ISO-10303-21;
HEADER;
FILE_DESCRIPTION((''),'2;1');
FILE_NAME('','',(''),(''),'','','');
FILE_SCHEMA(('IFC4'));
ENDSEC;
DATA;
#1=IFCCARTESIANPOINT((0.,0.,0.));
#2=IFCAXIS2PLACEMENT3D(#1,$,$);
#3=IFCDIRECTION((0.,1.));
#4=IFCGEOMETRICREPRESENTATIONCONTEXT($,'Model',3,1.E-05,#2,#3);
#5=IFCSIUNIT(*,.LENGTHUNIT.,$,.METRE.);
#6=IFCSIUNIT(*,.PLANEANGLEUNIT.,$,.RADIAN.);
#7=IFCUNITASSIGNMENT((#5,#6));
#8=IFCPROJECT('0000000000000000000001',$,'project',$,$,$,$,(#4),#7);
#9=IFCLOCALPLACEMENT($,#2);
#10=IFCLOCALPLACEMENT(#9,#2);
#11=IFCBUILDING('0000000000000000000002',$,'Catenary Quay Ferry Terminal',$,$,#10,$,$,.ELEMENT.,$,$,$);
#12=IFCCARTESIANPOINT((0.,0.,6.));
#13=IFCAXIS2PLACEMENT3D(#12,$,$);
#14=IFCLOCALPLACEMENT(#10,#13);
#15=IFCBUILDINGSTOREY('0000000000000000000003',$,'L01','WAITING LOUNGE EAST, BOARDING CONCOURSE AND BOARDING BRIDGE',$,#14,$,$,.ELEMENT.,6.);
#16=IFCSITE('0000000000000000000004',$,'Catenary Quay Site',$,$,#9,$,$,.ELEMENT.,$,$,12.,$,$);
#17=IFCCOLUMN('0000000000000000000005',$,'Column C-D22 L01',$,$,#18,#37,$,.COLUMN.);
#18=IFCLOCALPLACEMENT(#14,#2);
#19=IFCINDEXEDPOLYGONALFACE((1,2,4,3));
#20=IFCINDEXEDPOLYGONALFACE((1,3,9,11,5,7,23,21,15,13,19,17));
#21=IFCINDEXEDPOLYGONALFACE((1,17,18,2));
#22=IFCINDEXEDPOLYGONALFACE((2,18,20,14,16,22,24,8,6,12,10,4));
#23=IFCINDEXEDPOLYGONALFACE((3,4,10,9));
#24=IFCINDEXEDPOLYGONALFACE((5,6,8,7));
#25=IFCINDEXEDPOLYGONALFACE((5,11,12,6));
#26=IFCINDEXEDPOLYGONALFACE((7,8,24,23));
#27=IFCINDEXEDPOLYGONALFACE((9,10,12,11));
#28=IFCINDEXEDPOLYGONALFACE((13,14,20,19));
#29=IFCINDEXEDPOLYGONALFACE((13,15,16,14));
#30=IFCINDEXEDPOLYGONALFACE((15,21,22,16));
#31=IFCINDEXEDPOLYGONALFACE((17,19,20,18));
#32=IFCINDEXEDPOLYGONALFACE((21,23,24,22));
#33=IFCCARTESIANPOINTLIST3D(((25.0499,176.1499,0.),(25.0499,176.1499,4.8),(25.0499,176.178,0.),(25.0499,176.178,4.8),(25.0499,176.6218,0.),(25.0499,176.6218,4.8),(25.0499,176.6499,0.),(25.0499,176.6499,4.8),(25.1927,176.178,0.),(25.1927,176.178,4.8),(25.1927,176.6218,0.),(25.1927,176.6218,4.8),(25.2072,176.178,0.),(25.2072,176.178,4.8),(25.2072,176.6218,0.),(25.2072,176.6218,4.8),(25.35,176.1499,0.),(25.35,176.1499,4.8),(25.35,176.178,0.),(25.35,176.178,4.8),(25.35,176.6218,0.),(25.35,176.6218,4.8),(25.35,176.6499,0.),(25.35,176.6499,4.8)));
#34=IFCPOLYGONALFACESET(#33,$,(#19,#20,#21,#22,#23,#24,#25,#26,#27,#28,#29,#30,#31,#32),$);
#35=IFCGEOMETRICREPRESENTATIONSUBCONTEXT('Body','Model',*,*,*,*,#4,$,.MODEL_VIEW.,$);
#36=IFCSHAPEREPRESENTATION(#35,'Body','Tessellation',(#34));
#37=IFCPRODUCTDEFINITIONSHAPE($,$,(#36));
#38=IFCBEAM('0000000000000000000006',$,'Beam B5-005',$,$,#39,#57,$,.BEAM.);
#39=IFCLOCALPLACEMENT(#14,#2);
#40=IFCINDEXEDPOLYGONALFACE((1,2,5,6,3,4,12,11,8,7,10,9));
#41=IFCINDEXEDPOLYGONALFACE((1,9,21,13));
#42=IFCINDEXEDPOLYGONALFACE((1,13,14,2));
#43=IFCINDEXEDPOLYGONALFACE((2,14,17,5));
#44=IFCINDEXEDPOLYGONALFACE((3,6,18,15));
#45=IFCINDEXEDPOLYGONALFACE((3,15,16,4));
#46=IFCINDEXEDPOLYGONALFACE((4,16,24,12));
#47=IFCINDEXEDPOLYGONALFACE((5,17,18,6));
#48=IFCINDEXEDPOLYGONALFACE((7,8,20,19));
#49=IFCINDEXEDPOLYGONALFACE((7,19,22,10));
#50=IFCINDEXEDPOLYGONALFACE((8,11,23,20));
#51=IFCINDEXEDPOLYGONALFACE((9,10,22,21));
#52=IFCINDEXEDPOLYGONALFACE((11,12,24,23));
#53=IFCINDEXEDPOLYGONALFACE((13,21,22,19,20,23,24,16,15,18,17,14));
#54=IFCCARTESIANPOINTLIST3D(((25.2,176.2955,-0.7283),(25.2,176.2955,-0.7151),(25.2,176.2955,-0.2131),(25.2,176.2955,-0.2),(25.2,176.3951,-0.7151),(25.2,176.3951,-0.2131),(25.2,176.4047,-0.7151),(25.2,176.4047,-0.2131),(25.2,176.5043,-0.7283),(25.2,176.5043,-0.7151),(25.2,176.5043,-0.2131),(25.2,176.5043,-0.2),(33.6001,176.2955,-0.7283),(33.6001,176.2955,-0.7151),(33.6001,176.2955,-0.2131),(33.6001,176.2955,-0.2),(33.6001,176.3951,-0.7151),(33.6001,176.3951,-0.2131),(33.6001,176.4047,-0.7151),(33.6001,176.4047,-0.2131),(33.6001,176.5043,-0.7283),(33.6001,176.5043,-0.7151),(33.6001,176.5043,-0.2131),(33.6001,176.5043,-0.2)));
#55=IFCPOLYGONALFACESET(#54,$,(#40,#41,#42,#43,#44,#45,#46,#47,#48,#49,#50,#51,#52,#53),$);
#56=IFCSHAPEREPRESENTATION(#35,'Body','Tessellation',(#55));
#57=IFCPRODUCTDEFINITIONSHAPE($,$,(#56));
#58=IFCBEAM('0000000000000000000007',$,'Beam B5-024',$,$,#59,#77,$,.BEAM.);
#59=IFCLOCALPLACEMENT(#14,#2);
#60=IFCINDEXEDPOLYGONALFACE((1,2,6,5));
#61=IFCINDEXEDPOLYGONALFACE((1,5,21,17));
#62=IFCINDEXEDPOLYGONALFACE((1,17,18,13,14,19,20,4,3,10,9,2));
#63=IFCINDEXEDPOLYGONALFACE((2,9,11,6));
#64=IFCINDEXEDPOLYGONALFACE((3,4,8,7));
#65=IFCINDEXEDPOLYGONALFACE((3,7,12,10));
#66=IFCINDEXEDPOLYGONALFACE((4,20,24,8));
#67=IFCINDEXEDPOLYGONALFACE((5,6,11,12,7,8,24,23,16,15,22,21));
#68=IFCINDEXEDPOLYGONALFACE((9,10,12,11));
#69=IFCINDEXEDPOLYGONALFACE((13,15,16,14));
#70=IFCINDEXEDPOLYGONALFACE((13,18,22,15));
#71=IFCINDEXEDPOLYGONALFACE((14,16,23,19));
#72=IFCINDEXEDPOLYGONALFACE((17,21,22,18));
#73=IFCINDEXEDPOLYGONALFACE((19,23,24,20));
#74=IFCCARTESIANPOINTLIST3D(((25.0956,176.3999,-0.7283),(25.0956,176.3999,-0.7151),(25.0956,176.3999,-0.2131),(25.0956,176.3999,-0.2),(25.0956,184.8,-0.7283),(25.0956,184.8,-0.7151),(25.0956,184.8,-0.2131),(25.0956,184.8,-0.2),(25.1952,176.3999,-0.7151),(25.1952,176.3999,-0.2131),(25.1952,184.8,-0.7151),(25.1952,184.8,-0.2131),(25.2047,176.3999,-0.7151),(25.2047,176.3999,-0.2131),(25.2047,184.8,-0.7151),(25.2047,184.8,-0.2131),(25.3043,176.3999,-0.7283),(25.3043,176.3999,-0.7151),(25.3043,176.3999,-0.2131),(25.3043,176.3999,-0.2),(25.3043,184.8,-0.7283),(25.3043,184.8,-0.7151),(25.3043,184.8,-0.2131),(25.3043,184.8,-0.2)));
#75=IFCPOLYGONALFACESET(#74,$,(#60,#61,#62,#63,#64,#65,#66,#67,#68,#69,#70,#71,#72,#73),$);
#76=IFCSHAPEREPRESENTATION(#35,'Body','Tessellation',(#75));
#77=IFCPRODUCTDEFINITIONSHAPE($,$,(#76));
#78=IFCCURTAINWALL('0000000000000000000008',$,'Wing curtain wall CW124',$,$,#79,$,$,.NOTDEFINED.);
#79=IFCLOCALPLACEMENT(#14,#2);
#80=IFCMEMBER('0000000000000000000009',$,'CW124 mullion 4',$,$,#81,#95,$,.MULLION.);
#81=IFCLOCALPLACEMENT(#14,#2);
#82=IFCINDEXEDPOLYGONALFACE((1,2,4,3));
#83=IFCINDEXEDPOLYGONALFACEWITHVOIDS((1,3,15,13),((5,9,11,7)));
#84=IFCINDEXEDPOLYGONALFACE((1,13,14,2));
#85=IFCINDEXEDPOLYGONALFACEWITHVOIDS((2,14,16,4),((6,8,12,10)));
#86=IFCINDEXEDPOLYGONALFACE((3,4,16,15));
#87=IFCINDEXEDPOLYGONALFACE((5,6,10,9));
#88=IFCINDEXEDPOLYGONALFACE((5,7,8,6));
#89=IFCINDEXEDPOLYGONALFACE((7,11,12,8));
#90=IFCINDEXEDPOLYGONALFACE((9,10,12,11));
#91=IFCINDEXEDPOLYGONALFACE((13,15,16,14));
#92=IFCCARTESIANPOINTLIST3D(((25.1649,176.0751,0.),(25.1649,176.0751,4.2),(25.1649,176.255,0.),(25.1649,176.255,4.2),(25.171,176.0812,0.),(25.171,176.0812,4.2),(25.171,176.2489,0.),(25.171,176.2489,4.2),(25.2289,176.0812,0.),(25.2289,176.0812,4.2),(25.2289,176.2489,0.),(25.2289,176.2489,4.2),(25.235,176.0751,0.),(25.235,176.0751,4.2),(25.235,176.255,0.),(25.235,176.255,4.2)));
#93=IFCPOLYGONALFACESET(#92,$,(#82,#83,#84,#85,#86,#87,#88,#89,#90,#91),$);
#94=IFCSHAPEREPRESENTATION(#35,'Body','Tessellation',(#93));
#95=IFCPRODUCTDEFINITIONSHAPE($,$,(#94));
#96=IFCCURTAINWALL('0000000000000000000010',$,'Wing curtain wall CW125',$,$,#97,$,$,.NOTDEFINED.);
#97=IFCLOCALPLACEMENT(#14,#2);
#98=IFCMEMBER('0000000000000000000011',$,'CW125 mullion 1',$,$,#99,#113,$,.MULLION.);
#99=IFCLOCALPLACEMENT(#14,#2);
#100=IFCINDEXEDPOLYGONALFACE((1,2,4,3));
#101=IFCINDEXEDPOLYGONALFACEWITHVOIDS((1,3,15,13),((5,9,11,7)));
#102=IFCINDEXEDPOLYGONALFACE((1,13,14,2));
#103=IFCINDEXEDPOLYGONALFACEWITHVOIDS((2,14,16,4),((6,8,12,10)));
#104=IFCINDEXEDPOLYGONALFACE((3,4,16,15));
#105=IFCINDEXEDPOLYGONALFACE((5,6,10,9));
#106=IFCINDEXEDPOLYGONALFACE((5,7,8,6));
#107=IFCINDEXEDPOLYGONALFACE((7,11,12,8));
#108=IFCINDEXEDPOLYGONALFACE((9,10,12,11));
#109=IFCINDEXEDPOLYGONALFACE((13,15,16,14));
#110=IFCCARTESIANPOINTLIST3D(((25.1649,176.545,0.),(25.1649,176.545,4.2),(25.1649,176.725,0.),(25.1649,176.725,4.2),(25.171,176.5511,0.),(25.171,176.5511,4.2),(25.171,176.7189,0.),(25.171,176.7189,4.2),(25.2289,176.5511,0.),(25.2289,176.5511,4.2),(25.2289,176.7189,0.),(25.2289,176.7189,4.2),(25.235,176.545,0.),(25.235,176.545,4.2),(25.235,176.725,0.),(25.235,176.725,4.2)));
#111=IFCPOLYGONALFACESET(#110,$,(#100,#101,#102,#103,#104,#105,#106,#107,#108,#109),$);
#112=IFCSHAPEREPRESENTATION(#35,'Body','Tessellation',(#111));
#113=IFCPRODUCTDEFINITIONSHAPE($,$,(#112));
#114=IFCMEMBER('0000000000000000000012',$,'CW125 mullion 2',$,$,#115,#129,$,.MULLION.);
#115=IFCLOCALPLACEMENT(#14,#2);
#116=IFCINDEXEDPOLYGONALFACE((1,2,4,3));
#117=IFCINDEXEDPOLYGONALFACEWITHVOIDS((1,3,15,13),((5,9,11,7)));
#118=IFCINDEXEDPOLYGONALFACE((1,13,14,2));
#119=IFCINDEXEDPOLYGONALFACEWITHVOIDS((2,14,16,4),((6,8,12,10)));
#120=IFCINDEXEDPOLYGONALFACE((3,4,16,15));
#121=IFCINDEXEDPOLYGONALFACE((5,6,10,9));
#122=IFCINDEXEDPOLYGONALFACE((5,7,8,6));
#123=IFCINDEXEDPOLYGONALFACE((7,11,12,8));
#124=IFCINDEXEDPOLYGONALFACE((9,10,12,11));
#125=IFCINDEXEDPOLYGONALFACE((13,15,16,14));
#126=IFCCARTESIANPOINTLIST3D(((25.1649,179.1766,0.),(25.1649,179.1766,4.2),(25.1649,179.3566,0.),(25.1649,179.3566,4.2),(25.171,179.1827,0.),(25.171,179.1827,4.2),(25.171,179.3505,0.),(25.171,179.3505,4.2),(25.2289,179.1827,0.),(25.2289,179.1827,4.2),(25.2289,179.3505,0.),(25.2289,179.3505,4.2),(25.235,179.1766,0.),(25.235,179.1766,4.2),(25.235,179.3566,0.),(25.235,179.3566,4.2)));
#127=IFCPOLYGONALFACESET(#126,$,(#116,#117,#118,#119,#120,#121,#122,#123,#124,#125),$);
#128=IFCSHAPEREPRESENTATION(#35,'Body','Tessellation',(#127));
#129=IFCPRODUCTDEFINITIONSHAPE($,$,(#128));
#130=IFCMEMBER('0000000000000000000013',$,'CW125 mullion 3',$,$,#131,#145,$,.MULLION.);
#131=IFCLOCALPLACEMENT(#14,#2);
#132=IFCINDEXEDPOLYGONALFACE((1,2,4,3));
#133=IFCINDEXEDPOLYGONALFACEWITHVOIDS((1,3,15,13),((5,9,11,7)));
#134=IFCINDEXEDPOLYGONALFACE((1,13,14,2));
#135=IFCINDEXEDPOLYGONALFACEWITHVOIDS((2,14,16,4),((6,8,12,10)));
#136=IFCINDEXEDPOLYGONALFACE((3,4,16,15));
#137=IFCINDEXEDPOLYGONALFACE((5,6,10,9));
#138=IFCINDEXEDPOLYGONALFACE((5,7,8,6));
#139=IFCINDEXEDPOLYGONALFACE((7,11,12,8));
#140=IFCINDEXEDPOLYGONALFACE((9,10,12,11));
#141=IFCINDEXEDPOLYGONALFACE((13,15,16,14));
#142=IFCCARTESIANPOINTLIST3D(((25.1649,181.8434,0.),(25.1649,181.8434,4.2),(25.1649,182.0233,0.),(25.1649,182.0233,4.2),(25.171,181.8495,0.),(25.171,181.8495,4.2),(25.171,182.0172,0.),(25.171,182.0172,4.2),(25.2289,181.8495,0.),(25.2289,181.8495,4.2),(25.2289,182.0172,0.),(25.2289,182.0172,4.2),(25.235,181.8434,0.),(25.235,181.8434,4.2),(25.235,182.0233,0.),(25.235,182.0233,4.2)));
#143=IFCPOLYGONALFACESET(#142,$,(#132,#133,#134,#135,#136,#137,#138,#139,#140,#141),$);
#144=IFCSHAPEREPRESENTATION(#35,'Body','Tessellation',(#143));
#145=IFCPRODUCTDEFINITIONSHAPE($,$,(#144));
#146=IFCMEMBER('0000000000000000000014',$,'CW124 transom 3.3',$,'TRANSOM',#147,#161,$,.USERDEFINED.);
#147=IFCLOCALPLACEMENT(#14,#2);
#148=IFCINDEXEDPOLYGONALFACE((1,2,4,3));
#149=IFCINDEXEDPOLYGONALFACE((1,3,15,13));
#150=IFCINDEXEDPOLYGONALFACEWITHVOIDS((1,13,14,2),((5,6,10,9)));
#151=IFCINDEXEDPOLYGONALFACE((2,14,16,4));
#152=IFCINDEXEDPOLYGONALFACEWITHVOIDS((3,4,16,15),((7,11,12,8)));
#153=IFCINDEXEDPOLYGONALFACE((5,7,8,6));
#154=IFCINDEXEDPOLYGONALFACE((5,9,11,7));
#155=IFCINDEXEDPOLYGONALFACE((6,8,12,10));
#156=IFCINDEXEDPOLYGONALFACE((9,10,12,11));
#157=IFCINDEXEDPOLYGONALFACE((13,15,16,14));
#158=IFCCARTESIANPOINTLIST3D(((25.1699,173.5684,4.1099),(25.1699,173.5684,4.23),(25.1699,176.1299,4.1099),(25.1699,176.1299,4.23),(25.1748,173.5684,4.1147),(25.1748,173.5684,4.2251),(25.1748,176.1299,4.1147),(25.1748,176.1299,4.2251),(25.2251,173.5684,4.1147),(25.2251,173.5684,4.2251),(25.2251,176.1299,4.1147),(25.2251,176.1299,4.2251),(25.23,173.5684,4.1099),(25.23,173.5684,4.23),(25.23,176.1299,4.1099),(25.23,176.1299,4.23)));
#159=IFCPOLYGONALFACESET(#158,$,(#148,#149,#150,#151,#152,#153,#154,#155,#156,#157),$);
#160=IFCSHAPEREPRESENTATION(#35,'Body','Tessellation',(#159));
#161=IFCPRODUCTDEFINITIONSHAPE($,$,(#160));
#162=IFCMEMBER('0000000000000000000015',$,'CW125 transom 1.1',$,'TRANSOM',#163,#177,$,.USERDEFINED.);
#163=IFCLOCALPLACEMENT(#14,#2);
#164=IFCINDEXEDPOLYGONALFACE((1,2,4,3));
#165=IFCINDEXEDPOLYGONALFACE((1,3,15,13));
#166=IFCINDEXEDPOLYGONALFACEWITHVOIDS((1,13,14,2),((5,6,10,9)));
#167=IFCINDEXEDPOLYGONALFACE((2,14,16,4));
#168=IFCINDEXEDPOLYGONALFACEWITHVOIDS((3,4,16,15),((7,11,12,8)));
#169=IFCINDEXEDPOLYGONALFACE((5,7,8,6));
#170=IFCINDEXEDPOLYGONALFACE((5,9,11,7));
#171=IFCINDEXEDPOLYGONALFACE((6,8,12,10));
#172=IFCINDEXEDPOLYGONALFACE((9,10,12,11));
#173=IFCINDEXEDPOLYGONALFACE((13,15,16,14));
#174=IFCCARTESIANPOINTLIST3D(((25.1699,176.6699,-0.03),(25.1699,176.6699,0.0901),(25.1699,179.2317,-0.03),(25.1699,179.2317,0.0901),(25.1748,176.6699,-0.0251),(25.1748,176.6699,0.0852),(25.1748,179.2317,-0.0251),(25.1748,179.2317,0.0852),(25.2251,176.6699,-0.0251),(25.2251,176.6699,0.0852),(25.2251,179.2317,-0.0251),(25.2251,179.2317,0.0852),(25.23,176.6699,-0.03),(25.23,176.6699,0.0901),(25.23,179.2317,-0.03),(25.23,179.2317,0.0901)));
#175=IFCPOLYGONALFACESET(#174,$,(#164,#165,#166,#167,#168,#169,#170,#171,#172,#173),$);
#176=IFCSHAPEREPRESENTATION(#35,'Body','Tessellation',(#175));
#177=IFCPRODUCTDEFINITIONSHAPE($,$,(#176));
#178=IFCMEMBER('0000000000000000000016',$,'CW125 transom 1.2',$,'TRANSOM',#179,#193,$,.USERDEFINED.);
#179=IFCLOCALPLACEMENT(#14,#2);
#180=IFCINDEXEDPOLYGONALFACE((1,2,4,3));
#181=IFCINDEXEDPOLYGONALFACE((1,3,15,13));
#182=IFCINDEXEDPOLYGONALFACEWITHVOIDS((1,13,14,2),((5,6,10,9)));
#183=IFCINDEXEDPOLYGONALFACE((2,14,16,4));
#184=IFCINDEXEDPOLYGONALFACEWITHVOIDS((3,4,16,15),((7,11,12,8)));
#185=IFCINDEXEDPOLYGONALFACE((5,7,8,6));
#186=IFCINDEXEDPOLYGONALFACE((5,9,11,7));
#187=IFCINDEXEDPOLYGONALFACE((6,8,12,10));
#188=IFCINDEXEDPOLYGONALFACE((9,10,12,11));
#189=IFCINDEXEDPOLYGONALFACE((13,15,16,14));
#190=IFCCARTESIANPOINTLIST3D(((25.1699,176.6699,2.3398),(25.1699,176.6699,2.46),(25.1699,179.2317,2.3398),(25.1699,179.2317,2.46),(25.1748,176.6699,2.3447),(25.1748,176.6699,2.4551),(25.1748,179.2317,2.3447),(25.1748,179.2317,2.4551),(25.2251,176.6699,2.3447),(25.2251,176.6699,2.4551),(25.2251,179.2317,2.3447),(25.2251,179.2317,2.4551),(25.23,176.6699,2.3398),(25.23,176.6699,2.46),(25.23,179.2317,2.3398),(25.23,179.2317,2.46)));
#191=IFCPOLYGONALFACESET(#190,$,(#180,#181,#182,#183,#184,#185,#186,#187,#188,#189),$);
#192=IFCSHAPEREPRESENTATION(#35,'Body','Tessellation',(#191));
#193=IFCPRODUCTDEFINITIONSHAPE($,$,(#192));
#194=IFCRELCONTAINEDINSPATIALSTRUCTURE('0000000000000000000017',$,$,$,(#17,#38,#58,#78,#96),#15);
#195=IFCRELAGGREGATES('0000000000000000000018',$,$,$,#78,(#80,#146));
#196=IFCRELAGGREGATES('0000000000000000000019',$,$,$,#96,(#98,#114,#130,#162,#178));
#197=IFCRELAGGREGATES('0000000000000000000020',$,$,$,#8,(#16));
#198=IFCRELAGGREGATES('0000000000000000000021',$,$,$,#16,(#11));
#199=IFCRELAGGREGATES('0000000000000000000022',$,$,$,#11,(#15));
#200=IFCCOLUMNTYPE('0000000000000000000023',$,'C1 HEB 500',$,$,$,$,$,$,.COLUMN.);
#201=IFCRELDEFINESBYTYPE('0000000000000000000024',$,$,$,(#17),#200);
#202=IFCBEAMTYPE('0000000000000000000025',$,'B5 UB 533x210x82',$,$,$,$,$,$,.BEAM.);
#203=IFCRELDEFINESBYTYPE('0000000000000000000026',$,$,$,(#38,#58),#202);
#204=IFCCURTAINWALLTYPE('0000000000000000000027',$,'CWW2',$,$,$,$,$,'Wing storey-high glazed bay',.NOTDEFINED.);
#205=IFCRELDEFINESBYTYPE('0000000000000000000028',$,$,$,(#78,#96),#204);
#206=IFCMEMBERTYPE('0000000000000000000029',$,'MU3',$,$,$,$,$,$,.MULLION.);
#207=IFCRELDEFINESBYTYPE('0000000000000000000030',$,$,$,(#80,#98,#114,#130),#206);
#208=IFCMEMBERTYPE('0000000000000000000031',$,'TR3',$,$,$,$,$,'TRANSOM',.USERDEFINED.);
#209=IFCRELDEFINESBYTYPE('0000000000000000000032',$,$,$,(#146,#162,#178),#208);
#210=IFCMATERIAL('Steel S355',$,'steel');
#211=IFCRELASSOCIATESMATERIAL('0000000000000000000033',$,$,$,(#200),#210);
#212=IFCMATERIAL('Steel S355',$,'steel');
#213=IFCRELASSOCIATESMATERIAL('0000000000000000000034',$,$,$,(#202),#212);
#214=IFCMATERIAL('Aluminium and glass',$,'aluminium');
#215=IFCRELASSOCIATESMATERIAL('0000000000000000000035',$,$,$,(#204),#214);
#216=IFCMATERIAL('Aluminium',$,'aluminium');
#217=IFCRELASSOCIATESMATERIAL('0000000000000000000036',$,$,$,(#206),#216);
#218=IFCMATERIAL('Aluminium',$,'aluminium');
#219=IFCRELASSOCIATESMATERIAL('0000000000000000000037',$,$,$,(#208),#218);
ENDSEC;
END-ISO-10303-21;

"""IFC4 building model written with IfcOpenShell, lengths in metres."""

from ifc_helpers import new_model, si_unit, direction, frame, origin, origin_2d, place, context, subcontext, project, spatial, hollow_rectangle, i_section, extrude, material, material_profile, profile_set, type_object, element, aggregate, save


model = new_model("IFC4")

# Units and contexts
model_context = context("Model", 3, precision=1e-05, world=origin(), true_north=direction((0.0, 1.0)))
body_context = subcontext(model_context, "Body", "Model", "MODEL_VIEW")
ifc_project = project(units=[si_unit("LENGTHUNIT", "METRE"), si_unit("PLANEANGLEUNIT", "RADIAN")], contexts=[model_context])

# Site, building, storey
site_placement = place(None, origin())
site = spatial("IfcSite", under=ifc_project, at=site_placement, Name="Catenary Quay Site", CompositionType="ELEMENT", RefElevation=12.0)
building_placement = place(site_placement, origin())
building = spatial("IfcBuilding", under=site, at=building_placement, Name="Catenary Quay Ferry Terminal", CompositionType="ELEMENT")
storey_placement = place(building_placement, frame((0.0, 0.0, 6.0)))
storey = spatial("IfcBuildingStorey", under=building, at=storey_placement, Name="L01", Description="WAITING LOUNGE EAST, BOARDING CONCOURSE AND BOARDING BRIDGE", CompositionType="ELEMENT", Elevation=6.0)

# Column
ifc_material_1 = material(Name="Steel S355", Category="steel")
ifc_material_profile_1 = material_profile(ifc_material_1, i_section(OverallWidth=0.3, OverallDepth=0.5, WebThickness=0.0144, FlangeThickness=0.0281, at=origin_2d()), Name="HEB 500")
ifc_profile_set_1 = profile_set([ifc_material_profile_1], Name="Steel S355")
column_type = type_object("IfcColumnType", Name="C1 HEB 500", PredefinedType="COLUMN", material=ifc_profile_set_1)
column_placement = place(storey_placement, frame((25.2, 176.3999, 0.0), z_axis=(0.0, 0.0, 1.0), x_axis=(1.0, 0.0, 0.0)))
element("IfcColumn", 1, at=column_placement, inside=storey, type_object=column_type, Name="Column C-D22 L01", PredefinedType="COLUMN", context=body_context, shape_type="SweptSolid", body=[
    extrude(i_section(OverallWidth=0.3, OverallDepth=0.5, WebThickness=0.0144, FlangeThickness=0.0281, at=origin_2d()), origin(), (0.0, 0.0, 1.0), 4.8),
])

# Beams
ifc_material_2 = material(Name="Steel S355", Category="steel")
ifc_material_profile_2 = material_profile(ifc_material_2, i_section(OverallWidth=0.2087, OverallDepth=0.5283, WebThickness=0.0095, FlangeThickness=0.0132, at=origin_2d()), Name="UB 533x210x82")
ifc_profile_set_2 = profile_set([ifc_material_profile_2], Name="Steel S355")
beam_type = type_object("IfcBeamType", Name="B5 UB 533x210x82", PredefinedType="BEAM", material=ifc_profile_set_2)
for number, where, z_axis, x_axis, name in (
    (2, (25.2, 176.3999, -0.4641), (1.0, 0.0, 0.0), (0.0, 1.0, 0.0), "Beam B5-005"),
    (3, (25.2, 176.3999, -0.4641), (0.0, 1.0, 0.0), (-1.0, 0.0, 0.0), "Beam B5-024"),
):
    element("IfcBeam", number, at=place(storey_placement, frame(where, z_axis=z_axis, x_axis=x_axis)), inside=storey, type_object=beam_type, Name=name, PredefinedType="BEAM", context=body_context, shape_type="SweptSolid", body=[
        extrude(i_section(OverallWidth=0.2087, OverallDepth=0.5283, WebThickness=0.0095, FlangeThickness=0.0132, at=origin_2d()), origin(), (0.0, 0.0, 1.0), 8.4001),
    ])

# Curtain wall, member
ifc_material_3 = material(Name="Aluminium and glass", Category="aluminium")
curtain_wall_type = type_object("IfcCurtainWallType", Name="CWW2", ElementType="Wing storey-high glazed bay", PredefinedType="NOTDEFINED", material=ifc_material_3)
curtain_wall_1_placement = place(storey_placement, origin())
curtain_wall_1 = element("IfcCurtainWall", 4, at=curtain_wall_1_placement, inside=storey, type_object=curtain_wall_type, Name="Wing curtain wall CW124", PredefinedType="NOTDEFINED")
ifc_material_4 = material(Name="Aluminium", Category="aluminium")
ifc_material_profile_3 = material_profile(ifc_material_4, hollow_rectangle(XDim=0.0701, YDim=0.1799, WallThickness=0.0061, at=origin_2d()), Name="MU3")
ifc_profile_set_3 = profile_set([ifc_material_profile_3], Name="Aluminium")
member_type_1 = type_object("IfcMemberType", Name="MU3", PredefinedType="MULLION", material=ifc_profile_set_3)
member_1_placement = place(storey_placement, frame((25.2, 176.165, 0.0), z_axis=(0.0, 0.0, 1.0), x_axis=(-1.0, 0.0, 0.0)))
member_1 = element("IfcMember", 5, at=member_1_placement, type_object=member_type_1, Name="CW124 mullion 4", PredefinedType="MULLION", context=body_context, shape_type="SweptSolid", body=[
    extrude(hollow_rectangle(XDim=0.0701, YDim=0.1799, WallThickness=0.0061, at=origin_2d()), origin(), (0.0, 0.0, 1.0), 4.2),
])

# Curtain wall, members
curtain_wall_2_placement = place(storey_placement, origin())
curtain_wall_2 = element("IfcCurtainWall", 6, at=curtain_wall_2_placement, inside=storey, type_object=curtain_wall_type, Name="Wing curtain wall CW125", PredefinedType="NOTDEFINED")
member_2_placement = place(storey_placement, frame((25.2, 176.635, 0.0), z_axis=(0.0, 0.0, 1.0), x_axis=(-1.0, 0.0, 0.0)))
member_2 = element("IfcMember", 7, at=member_2_placement, type_object=member_type_1, Name="CW125 mullion 1", PredefinedType="MULLION", context=body_context, shape_type="SweptSolid", body=[
    extrude(hollow_rectangle(XDim=0.0701, YDim=0.1799, WallThickness=0.0061, at=origin_2d()), origin(), (0.0, 0.0, 1.0), 4.2),
])
member_3_placement = place(storey_placement, frame((25.2, 179.2666, 0.0), z_axis=(0.0, 0.0, 1.0), x_axis=(-1.0, 0.0, 0.0)))
member_3 = element("IfcMember", 8, at=member_3_placement, type_object=member_type_1, Name="CW125 mullion 2", PredefinedType="MULLION", context=body_context, shape_type="SweptSolid", body=[
    extrude(hollow_rectangle(XDim=0.0701, YDim=0.1799, WallThickness=0.0061, at=origin_2d()), origin(), (0.0, 0.0, 1.0), 4.2),
])
member_4_placement = place(storey_placement, frame((25.2, 181.9333, 0.0), z_axis=(0.0, 0.0, 1.0), x_axis=(-1.0, 0.0, 0.0)))
member_4 = element("IfcMember", 9, at=member_4_placement, type_object=member_type_1, Name="CW125 mullion 3", PredefinedType="MULLION", context=body_context, shape_type="SweptSolid", body=[
    extrude(hollow_rectangle(XDim=0.0701, YDim=0.1799, WallThickness=0.0061, at=origin_2d()), origin(), (0.0, 0.0, 1.0), 4.2),
])

# Members
ifc_material_5 = material(Name="Aluminium", Category="aluminium")
ifc_material_profile_4 = material_profile(ifc_material_5, hollow_rectangle(XDim=0.0601, YDim=0.1201, WallThickness=0.0049, at=origin_2d()), Name="TR3")
ifc_profile_set_4 = profile_set([ifc_material_profile_4], Name="Aluminium")
member_type_2 = type_object("IfcMemberType", Name="TR3", ElementType="TRANSOM", PredefinedType="USERDEFINED", material=ifc_profile_set_4)
member_5_placement = place(storey_placement, frame((25.2, 173.5684, 4.1699), z_axis=(0.0, 1.0, 0.0), x_axis=(-1.0, 0.0, 0.0)))
member_5 = element("IfcMember", 10, at=member_5_placement, type_object=member_type_2, Name="CW124 transom 3.3", ObjectType="TRANSOM", PredefinedType="USERDEFINED", context=body_context, shape_type="SweptSolid", body=[
    extrude(hollow_rectangle(XDim=0.0601, YDim=0.1201, WallThickness=0.0049, at=origin_2d()), origin(), (0.0, 0.0, 1.0), 2.5615),
])
member_6_placement = place(storey_placement, frame((25.2, 176.6699, 0.03), z_axis=(0.0, 1.0, 0.0), x_axis=(-1.0, 0.0, 0.0)))
member_6 = element("IfcMember", 11, at=member_6_placement, type_object=member_type_2, Name="CW125 transom 1.1", ObjectType="TRANSOM", PredefinedType="USERDEFINED", context=body_context, shape_type="SweptSolid", body=[
    extrude(hollow_rectangle(XDim=0.0601, YDim=0.1201, WallThickness=0.0049, at=origin_2d()), origin(), (0.0, 0.0, 1.0), 2.5618),
])
member_7_placement = place(storey_placement, frame((25.2, 176.6699, 2.3999), z_axis=(0.0, 1.0, 0.0), x_axis=(-1.0, 0.0, 0.0)))
member_7 = element("IfcMember", 12, at=member_7_placement, type_object=member_type_2, Name="CW125 transom 1.2", ObjectType="TRANSOM", PredefinedType="USERDEFINED", context=body_context, shape_type="SweptSolid", body=[
    extrude(hollow_rectangle(XDim=0.0601, YDim=0.1201, WallThickness=0.0049, at=origin_2d()), origin(), (0.0, 0.0, 1.0), 2.5618),
])

aggregate(curtain_wall_1, [member_1, member_5])
aggregate(curtain_wall_2, [member_2, member_3, member_4, member_6, member_7])

save(model, "model.ifc")
